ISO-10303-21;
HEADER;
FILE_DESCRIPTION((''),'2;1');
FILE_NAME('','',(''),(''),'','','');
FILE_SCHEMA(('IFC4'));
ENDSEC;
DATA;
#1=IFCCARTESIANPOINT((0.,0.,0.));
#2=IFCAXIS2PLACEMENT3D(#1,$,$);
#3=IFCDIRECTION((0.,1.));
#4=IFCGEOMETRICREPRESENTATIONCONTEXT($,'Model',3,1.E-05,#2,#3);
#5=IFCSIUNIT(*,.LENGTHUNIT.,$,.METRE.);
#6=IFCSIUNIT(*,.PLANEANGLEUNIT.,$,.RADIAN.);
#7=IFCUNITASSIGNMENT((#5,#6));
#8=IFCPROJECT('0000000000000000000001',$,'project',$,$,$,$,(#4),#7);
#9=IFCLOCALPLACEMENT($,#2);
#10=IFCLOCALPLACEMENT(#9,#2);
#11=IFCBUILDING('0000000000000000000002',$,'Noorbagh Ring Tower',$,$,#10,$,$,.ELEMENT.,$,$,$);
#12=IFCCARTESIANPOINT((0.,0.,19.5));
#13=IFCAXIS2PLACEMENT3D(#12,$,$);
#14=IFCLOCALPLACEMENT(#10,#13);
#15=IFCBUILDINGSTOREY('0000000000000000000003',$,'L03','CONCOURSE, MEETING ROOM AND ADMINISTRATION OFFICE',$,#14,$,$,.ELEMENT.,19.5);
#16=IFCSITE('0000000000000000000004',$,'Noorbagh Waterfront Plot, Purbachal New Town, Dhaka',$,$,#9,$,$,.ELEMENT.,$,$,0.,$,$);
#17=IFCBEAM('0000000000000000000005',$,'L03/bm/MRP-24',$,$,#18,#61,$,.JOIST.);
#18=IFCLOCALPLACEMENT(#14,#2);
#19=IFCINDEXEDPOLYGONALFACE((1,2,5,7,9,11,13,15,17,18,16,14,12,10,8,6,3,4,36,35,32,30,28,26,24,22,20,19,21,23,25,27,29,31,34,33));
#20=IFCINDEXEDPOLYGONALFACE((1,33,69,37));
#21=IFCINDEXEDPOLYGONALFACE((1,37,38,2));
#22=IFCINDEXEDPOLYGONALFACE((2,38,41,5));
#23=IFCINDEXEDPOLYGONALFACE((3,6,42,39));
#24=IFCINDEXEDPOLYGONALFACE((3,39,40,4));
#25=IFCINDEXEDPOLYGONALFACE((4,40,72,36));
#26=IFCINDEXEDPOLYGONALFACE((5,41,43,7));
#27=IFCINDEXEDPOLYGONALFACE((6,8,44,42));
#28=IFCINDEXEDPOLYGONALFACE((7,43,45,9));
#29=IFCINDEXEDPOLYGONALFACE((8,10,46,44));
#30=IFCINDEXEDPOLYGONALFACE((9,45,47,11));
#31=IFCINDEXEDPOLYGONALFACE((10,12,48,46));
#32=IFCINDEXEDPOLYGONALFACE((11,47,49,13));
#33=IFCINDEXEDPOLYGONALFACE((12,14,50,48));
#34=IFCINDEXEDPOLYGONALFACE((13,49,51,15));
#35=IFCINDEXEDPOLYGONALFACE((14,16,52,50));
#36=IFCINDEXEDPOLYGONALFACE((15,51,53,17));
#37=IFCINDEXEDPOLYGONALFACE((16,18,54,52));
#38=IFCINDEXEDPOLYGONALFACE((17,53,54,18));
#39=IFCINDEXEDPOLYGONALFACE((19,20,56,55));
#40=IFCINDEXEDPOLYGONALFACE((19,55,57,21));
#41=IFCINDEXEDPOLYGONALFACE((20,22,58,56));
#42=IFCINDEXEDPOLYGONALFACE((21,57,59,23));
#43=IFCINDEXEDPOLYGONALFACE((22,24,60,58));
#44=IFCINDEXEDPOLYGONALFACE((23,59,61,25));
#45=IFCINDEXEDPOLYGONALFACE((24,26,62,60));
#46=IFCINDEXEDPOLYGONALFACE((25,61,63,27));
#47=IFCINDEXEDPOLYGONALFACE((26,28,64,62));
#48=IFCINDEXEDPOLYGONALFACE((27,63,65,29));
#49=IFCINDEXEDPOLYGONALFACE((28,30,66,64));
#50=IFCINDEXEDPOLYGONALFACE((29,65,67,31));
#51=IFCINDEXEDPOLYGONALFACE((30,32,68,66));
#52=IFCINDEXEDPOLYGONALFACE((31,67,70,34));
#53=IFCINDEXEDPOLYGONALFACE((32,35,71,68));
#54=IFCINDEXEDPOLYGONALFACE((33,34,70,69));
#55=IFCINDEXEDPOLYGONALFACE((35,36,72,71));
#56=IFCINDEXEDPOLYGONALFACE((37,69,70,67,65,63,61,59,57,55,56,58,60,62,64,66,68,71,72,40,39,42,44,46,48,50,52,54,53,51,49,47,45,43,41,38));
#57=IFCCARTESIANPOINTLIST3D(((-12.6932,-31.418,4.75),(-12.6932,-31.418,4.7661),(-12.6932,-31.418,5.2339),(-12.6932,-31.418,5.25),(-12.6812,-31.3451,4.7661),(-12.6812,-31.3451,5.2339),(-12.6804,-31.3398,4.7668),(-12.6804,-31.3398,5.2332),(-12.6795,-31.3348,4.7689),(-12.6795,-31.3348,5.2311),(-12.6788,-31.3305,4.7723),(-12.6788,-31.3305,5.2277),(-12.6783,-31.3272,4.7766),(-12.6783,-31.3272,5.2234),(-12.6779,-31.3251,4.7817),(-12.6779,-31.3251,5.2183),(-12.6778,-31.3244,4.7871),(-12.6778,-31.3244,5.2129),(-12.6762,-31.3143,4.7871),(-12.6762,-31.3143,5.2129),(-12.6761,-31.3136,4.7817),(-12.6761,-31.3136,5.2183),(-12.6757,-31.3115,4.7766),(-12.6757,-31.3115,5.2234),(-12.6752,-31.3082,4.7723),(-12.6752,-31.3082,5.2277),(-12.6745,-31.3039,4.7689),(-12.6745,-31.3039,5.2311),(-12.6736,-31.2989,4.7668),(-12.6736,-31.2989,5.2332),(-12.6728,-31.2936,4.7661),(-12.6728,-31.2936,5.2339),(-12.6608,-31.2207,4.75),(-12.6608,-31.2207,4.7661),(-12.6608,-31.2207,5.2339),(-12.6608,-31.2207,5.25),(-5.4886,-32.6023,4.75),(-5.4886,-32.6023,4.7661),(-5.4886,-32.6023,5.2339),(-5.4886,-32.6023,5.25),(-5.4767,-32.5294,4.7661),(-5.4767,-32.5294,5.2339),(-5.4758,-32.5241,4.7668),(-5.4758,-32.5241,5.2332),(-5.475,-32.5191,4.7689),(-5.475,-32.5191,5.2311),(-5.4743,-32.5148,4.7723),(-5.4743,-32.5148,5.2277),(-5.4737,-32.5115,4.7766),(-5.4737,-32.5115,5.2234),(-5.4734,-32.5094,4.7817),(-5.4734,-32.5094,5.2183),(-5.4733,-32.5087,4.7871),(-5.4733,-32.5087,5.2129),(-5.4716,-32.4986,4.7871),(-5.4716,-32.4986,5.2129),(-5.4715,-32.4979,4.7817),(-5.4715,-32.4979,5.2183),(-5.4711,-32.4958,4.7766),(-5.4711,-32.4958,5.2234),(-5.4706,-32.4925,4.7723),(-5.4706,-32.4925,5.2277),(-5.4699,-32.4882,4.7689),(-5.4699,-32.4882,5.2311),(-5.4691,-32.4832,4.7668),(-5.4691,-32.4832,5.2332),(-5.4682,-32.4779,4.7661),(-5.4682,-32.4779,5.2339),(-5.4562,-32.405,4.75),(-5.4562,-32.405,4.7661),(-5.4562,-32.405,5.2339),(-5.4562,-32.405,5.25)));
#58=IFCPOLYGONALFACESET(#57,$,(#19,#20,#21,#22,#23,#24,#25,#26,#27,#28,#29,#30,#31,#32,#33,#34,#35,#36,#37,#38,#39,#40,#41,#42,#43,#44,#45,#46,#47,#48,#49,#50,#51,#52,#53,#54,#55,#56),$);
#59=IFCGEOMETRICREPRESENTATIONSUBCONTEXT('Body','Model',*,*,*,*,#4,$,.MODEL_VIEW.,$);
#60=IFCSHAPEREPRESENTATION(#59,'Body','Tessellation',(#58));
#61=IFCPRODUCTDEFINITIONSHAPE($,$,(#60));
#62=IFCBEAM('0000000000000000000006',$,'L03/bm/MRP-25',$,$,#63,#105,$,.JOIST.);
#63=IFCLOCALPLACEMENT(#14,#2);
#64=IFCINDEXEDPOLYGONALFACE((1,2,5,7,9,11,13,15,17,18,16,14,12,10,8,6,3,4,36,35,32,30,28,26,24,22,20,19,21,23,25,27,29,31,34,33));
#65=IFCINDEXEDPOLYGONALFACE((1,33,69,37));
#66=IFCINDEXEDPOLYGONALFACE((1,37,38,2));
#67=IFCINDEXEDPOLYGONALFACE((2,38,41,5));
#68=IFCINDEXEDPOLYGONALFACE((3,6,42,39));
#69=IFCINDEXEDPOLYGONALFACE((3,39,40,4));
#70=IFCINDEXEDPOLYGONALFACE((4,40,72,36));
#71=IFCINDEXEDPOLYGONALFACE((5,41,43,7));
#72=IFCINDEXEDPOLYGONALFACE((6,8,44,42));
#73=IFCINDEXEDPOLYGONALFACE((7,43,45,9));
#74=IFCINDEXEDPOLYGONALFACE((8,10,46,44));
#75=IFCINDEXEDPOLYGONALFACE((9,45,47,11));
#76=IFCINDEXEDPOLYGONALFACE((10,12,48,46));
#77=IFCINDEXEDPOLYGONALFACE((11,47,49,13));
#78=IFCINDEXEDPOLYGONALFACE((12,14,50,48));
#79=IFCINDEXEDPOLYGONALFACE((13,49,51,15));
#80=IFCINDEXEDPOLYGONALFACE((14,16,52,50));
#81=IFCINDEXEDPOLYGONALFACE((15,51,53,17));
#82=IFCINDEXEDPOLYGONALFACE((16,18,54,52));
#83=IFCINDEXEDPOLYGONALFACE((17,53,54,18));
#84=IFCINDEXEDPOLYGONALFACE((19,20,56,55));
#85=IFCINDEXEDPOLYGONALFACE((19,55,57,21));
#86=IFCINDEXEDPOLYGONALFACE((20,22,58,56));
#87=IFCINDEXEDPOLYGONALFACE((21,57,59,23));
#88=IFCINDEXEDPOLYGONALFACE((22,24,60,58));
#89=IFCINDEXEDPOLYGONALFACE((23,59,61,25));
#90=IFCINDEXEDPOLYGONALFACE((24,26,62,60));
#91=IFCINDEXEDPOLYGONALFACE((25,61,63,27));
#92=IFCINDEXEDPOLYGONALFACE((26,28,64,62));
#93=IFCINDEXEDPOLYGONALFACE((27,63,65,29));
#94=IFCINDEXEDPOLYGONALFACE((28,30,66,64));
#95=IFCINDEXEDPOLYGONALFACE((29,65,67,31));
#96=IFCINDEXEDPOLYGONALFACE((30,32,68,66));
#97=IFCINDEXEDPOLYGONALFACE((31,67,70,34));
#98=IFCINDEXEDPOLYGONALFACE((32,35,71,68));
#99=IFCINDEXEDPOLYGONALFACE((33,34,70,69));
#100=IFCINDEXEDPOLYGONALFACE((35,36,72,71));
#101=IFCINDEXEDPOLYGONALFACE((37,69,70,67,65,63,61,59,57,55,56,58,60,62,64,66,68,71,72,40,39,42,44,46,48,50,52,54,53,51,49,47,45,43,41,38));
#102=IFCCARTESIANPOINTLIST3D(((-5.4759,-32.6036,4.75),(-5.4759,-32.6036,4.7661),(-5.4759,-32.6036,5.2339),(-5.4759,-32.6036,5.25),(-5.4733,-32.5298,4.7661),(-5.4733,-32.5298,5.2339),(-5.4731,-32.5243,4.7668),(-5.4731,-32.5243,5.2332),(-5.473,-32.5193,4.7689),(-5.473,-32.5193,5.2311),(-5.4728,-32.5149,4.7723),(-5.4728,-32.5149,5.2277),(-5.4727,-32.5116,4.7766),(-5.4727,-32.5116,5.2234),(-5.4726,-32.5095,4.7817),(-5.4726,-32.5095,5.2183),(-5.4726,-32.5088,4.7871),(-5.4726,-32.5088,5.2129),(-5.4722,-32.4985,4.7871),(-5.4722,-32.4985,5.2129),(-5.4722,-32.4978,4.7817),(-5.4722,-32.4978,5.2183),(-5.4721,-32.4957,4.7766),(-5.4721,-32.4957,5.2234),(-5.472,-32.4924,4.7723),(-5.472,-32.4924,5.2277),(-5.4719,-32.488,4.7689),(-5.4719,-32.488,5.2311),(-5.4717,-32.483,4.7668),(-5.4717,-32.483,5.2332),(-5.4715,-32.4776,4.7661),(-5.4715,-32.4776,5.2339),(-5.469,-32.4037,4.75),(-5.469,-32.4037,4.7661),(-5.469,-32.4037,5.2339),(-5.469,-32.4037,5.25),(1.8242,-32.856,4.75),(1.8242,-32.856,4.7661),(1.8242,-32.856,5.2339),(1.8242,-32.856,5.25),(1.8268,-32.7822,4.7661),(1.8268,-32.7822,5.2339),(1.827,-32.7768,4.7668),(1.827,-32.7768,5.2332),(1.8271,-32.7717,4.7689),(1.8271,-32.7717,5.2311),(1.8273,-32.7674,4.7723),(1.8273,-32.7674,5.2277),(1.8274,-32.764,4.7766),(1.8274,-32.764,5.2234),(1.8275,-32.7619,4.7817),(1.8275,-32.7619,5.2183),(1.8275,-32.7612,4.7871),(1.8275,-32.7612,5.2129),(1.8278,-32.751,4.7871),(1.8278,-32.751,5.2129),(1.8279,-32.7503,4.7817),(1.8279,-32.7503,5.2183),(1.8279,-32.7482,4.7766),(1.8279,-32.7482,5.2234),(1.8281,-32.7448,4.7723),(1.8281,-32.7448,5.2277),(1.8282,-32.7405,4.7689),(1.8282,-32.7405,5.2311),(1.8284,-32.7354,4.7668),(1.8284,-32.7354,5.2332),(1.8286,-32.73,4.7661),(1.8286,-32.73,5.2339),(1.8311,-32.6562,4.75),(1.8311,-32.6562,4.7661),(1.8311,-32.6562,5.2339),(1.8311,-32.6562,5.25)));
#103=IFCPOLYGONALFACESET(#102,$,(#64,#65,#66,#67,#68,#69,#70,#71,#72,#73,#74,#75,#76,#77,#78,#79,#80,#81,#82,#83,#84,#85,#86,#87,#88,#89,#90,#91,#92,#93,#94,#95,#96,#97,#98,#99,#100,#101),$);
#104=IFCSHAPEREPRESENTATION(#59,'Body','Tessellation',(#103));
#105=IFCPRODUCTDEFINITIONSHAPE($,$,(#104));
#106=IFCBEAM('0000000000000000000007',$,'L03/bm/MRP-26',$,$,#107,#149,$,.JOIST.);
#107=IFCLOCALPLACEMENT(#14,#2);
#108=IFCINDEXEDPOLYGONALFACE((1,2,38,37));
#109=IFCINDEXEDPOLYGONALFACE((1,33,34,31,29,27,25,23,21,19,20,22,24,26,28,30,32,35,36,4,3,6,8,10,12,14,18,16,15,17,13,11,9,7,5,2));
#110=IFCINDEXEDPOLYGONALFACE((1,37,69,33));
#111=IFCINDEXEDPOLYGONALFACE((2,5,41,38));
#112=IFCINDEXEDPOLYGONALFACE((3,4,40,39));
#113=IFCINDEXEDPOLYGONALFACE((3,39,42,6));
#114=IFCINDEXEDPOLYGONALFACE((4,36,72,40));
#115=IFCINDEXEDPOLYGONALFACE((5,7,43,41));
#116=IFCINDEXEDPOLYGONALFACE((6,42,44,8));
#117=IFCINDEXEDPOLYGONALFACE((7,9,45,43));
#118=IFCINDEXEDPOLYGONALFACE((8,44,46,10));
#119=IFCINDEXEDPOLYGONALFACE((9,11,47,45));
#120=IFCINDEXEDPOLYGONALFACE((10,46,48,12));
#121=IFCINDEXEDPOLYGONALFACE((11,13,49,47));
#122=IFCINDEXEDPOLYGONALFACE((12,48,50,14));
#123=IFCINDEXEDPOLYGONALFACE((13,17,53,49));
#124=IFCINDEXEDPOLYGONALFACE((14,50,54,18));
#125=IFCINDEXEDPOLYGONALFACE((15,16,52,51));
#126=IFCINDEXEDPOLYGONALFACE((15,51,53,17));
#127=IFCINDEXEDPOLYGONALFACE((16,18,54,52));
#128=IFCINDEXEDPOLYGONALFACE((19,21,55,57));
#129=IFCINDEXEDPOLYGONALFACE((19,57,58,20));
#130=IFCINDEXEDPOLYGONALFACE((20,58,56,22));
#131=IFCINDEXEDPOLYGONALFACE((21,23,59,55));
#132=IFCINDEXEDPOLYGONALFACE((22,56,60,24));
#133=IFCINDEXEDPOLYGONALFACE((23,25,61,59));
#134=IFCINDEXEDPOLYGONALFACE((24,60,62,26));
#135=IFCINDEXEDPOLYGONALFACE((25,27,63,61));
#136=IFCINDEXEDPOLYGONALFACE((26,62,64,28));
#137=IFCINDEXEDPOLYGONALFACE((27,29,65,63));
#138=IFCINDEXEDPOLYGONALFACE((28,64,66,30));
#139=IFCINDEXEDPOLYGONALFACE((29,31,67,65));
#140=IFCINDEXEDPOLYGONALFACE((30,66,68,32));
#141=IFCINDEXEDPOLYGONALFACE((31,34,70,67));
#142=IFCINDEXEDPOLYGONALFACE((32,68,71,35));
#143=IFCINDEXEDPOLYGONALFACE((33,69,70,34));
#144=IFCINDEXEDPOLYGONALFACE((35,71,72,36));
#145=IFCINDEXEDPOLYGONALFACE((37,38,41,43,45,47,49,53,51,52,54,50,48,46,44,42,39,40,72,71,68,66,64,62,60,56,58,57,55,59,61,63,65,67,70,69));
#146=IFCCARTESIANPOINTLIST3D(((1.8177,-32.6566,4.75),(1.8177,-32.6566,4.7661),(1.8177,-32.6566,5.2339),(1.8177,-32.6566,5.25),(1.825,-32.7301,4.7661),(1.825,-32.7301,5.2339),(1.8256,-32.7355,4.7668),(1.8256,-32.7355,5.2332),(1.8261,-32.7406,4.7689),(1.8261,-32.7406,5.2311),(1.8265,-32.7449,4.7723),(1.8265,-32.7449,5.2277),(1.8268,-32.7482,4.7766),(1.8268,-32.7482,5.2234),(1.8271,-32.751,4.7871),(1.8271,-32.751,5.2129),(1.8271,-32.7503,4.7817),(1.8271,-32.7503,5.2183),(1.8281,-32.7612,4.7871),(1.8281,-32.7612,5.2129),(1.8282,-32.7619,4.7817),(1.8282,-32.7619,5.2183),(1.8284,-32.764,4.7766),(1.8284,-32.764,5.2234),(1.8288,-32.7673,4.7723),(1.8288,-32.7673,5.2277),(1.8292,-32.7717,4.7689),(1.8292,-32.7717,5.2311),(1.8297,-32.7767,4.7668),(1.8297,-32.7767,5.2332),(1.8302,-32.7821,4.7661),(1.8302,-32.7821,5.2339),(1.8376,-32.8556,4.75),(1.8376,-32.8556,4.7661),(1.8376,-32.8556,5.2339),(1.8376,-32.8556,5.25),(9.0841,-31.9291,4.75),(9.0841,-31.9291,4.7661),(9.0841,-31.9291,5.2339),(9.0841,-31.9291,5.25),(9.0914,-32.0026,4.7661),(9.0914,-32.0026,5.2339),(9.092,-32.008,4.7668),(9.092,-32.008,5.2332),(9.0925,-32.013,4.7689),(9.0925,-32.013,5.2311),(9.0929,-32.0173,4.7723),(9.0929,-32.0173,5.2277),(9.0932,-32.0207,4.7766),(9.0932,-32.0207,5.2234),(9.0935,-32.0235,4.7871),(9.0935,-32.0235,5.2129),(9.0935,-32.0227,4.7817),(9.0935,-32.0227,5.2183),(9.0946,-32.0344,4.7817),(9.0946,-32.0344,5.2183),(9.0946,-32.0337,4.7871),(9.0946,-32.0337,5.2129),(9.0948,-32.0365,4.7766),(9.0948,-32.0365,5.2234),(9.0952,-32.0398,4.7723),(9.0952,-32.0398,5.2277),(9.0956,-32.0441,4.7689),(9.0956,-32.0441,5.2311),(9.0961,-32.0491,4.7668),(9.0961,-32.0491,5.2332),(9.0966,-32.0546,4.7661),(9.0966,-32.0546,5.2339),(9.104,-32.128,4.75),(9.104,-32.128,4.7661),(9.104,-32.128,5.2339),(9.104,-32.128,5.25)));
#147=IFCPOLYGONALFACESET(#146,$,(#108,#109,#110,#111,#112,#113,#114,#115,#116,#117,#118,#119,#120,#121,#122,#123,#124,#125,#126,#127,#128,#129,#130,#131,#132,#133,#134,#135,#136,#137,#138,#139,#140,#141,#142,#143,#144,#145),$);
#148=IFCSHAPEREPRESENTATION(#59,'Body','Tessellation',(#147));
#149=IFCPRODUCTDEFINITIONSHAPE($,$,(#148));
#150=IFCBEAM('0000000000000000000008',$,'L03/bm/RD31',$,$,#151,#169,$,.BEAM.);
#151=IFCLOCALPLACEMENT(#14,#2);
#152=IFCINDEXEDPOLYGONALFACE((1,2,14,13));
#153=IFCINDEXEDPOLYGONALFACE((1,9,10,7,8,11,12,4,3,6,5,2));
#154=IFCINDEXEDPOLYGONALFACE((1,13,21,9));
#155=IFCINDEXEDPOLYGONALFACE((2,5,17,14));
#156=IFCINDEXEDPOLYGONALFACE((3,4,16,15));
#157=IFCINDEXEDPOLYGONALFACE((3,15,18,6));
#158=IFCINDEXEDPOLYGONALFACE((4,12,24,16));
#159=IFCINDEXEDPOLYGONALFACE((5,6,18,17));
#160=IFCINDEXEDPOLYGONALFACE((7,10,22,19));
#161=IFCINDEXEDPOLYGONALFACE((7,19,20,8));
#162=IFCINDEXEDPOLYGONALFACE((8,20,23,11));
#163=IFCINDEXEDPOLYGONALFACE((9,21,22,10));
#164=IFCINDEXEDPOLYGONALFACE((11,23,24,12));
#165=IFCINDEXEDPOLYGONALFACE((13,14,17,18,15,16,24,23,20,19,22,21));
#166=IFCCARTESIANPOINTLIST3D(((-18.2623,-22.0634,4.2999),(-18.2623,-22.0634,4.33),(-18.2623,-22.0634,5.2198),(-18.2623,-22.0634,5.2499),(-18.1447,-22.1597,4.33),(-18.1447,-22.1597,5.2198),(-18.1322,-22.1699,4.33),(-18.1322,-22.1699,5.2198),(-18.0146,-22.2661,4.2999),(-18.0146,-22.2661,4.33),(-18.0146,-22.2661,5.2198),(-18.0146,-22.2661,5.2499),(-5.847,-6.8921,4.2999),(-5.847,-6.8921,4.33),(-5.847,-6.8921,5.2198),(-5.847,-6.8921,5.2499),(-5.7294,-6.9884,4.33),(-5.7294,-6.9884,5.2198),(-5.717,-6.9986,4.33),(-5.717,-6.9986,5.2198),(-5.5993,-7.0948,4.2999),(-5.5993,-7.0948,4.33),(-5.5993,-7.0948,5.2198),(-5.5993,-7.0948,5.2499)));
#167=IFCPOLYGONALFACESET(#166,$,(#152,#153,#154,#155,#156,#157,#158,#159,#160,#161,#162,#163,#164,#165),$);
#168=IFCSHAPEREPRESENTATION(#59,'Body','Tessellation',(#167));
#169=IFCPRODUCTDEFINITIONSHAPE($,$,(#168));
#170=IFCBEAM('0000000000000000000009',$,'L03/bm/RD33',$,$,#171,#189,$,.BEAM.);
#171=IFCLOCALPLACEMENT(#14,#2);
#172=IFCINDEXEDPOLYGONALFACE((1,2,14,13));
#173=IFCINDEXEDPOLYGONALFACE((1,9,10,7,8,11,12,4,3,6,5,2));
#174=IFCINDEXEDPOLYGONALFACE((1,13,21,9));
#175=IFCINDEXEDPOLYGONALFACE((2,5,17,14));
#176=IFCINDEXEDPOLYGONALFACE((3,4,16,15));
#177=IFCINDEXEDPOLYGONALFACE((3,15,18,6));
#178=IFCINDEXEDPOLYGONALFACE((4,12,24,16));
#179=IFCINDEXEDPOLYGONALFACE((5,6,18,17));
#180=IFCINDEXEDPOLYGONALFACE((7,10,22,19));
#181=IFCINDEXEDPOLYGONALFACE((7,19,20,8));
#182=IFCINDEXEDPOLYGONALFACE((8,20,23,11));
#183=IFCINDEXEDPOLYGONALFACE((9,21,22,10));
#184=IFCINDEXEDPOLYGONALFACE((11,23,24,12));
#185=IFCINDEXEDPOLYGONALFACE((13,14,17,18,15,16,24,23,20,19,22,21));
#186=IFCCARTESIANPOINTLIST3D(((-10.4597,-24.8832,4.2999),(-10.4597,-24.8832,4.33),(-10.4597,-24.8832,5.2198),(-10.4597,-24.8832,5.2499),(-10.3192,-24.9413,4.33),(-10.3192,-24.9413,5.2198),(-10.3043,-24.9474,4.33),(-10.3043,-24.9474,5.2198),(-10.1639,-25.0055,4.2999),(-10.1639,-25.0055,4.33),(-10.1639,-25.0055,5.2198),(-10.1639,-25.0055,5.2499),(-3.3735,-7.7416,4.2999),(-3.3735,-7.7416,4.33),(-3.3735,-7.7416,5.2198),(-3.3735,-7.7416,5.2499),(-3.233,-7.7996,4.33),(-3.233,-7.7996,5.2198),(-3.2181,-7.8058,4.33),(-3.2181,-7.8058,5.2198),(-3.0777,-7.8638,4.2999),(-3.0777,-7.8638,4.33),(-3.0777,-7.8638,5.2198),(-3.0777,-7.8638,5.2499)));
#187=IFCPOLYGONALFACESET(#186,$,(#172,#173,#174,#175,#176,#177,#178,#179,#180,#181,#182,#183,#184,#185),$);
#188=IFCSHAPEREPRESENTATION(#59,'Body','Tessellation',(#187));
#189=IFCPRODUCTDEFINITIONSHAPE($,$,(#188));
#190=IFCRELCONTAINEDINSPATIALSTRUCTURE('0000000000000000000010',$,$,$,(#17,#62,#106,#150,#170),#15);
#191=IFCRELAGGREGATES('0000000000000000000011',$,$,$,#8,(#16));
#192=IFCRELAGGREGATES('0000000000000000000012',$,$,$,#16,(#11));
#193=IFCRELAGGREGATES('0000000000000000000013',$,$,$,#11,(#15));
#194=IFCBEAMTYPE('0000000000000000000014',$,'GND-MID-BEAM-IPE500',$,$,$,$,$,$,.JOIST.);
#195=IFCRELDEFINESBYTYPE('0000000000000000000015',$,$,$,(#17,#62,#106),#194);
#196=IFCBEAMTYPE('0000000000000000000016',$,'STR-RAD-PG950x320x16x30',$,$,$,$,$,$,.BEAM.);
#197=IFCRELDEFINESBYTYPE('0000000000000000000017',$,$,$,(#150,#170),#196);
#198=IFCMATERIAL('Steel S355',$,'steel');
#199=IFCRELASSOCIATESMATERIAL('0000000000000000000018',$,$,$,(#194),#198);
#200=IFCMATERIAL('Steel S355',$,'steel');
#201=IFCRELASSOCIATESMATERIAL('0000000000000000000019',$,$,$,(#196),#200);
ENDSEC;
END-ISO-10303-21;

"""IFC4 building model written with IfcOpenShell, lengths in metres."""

from ifc_helpers import new_model, si_unit, direction, frame, origin, origin_2d, place, context, subcontext, project, spatial, i_section, extrude, material, material_profile, profile_set, type_object, element, save


model = new_model("IFC4")

# Units and contexts
model_context = context("Model", 3, precision=1e-05, world=origin(), true_north=direction((0.0, 1.0)))
body_context = subcontext(model_context, "Body", "Model", "MODEL_VIEW")
ifc_project = project(units=[si_unit("LENGTHUNIT", "METRE"), si_unit("PLANEANGLEUNIT", "RADIAN")], contexts=[model_context])

# Site, building, storey
site_placement = place(None, origin())
site = spatial("IfcSite", under=ifc_project, at=site_placement, Name="Noorbagh Waterfront Plot, Purbachal New Town, Dhaka", CompositionType="ELEMENT", RefElevation=0.0)
building_placement = place(site_placement, origin())
building = spatial("IfcBuilding", under=site, at=building_placement, Name="Noorbagh Ring Tower", CompositionType="ELEMENT")
storey_placement = place(building_placement, frame((0.0, 0.0, 19.5)))
storey = spatial("IfcBuildingStorey", under=building, at=storey_placement, Name="L03", Description="CONCOURSE, MEETING ROOM AND ADMINISTRATION OFFICE", CompositionType="ELEMENT", Elevation=19.5)

# Beams
ifc_material_1 = material(Name="Steel S355", Category="steel")
ifc_material_profile_1 = material_profile(ifc_material_1, i_section(OverallWidth=0.2, OverallDepth=0.5, WebThickness=0.0103, FlangeThickness=0.0161, FilletRadius=0.021, at=origin_2d()), Name="IPE500")
ifc_profile_set_1 = profile_set([ifc_material_profile_1], Name="Steel S355")
beam_type_1 = type_object("IfcBeamType", Name="GND-MID-BEAM-IPE500", PredefinedType="JOIST", material=ifc_profile_set_1)
beam_1_placement = place(storey_placement, frame((-12.677, -31.3193, 5.0), z_axis=(0.986757, -0.162208, 0.0), x_axis=(0.162208, 0.986757, 0.0)))
element("IfcBeam", 1, at=beam_1_placement, inside=storey, type_object=beam_type_1, Name="L03/bm/MRP-24", PredefinedType="JOIST", context=body_context, shape_type="SweptSolid", body=[
    extrude(i_section(OverallWidth=0.2, OverallDepth=0.5, WebThickness=0.0103, FlangeThickness=0.0161, FilletRadius=0.021, at=origin_2d()), origin(), (0.0, 0.0, 1.0), 7.3013),
])
beam_2_placement = place(storey_placement, frame((-5.4724, -32.5037, 5.0), z_axis=(0.999403, -0.03456, 0.0), x_axis=(0.03456, 0.999403, 0.0)))
element("IfcBeam", 2, at=beam_2_placement, inside=storey, type_object=beam_type_1, Name="L03/bm/MRP-25", PredefinedType="JOIST", context=body_context, shape_type="SweptSolid", body=[
    extrude(i_section(OverallWidth=0.2, OverallDepth=0.5, WebThickness=0.0103, FlangeThickness=0.0161, FilletRadius=0.021, at=origin_2d()), origin(), (0.0, 0.0, 1.0), 7.3044),
])
beam_3_placement = place(storey_placement, frame((1.8276, -32.7561, 5.0), z_axis=(0.995025, 0.099626, 0.0), x_axis=(-0.099626, 0.995025, 0.0)))
element("IfcBeam", 3, at=beam_3_placement, inside=storey, type_object=beam_type_1, Name="L03/bm/MRP-26", PredefinedType="JOIST", context=body_context, shape_type="SweptSolid", body=[
    extrude(i_section(OverallWidth=0.2, OverallDepth=0.5, WebThickness=0.0103, FlangeThickness=0.0161, FilletRadius=0.021, at=origin_2d()), origin(), (0.0, 0.0, 1.0), 7.3027),
])
ifc_material_2 = material(Name="Steel S355", Category="steel")
ifc_material_profile_2 = material_profile(ifc_material_2, i_section(OverallWidth=0.3201, OverallDepth=0.95, WebThickness=0.0161, FlangeThickness=0.03, at=origin_2d()), Name="PG950x320x16x30")
ifc_profile_set_2 = profile_set([ifc_material_profile_2], Name="Steel S355")
beam_type_2 = type_object("IfcBeamType", Name="STR-RAD-PG950x320x16x30", PredefinedType="BEAM", material=ifc_profile_set_2)
beam_4_placement = place(storey_placement, frame((-18.1384, -22.1648, 4.7749), z_axis=(0.633309, 0.773899, 0.0), x_axis=(-0.773899, 0.633309, 0.0)))
element("IfcBeam", 4, at=beam_4_placement, inside=storey, type_object=beam_type_2, Name="L03/bm/RD31", PredefinedType="BEAM", context=body_context, shape_type="SweptSolid", body=[
    extrude(i_section(OverallWidth=0.3201, OverallDepth=0.95, WebThickness=0.0161, FlangeThickness=0.03, at=origin_2d()), origin(), (0.0, 0.0, 1.0), 19.6038),
])
beam_5_placement = place(storey_placement, frame((-10.3118, -24.9443, 4.7749), z_axis=(0.382034, 0.924148, 0.0), x_axis=(-0.924148, 0.382034, 0.0)))
element("IfcBeam", 5, at=beam_5_placement, inside=storey, type_object=beam_type_2, Name="L03/bm/RD33", PredefinedType="BEAM", context=body_context, shape_type="SweptSolid", body=[
    extrude(i_section(OverallWidth=0.3201, OverallDepth=0.95, WebThickness=0.0161, FlangeThickness=0.03, at=origin_2d()), origin(), (0.0, 0.0, 1.0), 18.5486),
])

save(model, "model.ifc")
